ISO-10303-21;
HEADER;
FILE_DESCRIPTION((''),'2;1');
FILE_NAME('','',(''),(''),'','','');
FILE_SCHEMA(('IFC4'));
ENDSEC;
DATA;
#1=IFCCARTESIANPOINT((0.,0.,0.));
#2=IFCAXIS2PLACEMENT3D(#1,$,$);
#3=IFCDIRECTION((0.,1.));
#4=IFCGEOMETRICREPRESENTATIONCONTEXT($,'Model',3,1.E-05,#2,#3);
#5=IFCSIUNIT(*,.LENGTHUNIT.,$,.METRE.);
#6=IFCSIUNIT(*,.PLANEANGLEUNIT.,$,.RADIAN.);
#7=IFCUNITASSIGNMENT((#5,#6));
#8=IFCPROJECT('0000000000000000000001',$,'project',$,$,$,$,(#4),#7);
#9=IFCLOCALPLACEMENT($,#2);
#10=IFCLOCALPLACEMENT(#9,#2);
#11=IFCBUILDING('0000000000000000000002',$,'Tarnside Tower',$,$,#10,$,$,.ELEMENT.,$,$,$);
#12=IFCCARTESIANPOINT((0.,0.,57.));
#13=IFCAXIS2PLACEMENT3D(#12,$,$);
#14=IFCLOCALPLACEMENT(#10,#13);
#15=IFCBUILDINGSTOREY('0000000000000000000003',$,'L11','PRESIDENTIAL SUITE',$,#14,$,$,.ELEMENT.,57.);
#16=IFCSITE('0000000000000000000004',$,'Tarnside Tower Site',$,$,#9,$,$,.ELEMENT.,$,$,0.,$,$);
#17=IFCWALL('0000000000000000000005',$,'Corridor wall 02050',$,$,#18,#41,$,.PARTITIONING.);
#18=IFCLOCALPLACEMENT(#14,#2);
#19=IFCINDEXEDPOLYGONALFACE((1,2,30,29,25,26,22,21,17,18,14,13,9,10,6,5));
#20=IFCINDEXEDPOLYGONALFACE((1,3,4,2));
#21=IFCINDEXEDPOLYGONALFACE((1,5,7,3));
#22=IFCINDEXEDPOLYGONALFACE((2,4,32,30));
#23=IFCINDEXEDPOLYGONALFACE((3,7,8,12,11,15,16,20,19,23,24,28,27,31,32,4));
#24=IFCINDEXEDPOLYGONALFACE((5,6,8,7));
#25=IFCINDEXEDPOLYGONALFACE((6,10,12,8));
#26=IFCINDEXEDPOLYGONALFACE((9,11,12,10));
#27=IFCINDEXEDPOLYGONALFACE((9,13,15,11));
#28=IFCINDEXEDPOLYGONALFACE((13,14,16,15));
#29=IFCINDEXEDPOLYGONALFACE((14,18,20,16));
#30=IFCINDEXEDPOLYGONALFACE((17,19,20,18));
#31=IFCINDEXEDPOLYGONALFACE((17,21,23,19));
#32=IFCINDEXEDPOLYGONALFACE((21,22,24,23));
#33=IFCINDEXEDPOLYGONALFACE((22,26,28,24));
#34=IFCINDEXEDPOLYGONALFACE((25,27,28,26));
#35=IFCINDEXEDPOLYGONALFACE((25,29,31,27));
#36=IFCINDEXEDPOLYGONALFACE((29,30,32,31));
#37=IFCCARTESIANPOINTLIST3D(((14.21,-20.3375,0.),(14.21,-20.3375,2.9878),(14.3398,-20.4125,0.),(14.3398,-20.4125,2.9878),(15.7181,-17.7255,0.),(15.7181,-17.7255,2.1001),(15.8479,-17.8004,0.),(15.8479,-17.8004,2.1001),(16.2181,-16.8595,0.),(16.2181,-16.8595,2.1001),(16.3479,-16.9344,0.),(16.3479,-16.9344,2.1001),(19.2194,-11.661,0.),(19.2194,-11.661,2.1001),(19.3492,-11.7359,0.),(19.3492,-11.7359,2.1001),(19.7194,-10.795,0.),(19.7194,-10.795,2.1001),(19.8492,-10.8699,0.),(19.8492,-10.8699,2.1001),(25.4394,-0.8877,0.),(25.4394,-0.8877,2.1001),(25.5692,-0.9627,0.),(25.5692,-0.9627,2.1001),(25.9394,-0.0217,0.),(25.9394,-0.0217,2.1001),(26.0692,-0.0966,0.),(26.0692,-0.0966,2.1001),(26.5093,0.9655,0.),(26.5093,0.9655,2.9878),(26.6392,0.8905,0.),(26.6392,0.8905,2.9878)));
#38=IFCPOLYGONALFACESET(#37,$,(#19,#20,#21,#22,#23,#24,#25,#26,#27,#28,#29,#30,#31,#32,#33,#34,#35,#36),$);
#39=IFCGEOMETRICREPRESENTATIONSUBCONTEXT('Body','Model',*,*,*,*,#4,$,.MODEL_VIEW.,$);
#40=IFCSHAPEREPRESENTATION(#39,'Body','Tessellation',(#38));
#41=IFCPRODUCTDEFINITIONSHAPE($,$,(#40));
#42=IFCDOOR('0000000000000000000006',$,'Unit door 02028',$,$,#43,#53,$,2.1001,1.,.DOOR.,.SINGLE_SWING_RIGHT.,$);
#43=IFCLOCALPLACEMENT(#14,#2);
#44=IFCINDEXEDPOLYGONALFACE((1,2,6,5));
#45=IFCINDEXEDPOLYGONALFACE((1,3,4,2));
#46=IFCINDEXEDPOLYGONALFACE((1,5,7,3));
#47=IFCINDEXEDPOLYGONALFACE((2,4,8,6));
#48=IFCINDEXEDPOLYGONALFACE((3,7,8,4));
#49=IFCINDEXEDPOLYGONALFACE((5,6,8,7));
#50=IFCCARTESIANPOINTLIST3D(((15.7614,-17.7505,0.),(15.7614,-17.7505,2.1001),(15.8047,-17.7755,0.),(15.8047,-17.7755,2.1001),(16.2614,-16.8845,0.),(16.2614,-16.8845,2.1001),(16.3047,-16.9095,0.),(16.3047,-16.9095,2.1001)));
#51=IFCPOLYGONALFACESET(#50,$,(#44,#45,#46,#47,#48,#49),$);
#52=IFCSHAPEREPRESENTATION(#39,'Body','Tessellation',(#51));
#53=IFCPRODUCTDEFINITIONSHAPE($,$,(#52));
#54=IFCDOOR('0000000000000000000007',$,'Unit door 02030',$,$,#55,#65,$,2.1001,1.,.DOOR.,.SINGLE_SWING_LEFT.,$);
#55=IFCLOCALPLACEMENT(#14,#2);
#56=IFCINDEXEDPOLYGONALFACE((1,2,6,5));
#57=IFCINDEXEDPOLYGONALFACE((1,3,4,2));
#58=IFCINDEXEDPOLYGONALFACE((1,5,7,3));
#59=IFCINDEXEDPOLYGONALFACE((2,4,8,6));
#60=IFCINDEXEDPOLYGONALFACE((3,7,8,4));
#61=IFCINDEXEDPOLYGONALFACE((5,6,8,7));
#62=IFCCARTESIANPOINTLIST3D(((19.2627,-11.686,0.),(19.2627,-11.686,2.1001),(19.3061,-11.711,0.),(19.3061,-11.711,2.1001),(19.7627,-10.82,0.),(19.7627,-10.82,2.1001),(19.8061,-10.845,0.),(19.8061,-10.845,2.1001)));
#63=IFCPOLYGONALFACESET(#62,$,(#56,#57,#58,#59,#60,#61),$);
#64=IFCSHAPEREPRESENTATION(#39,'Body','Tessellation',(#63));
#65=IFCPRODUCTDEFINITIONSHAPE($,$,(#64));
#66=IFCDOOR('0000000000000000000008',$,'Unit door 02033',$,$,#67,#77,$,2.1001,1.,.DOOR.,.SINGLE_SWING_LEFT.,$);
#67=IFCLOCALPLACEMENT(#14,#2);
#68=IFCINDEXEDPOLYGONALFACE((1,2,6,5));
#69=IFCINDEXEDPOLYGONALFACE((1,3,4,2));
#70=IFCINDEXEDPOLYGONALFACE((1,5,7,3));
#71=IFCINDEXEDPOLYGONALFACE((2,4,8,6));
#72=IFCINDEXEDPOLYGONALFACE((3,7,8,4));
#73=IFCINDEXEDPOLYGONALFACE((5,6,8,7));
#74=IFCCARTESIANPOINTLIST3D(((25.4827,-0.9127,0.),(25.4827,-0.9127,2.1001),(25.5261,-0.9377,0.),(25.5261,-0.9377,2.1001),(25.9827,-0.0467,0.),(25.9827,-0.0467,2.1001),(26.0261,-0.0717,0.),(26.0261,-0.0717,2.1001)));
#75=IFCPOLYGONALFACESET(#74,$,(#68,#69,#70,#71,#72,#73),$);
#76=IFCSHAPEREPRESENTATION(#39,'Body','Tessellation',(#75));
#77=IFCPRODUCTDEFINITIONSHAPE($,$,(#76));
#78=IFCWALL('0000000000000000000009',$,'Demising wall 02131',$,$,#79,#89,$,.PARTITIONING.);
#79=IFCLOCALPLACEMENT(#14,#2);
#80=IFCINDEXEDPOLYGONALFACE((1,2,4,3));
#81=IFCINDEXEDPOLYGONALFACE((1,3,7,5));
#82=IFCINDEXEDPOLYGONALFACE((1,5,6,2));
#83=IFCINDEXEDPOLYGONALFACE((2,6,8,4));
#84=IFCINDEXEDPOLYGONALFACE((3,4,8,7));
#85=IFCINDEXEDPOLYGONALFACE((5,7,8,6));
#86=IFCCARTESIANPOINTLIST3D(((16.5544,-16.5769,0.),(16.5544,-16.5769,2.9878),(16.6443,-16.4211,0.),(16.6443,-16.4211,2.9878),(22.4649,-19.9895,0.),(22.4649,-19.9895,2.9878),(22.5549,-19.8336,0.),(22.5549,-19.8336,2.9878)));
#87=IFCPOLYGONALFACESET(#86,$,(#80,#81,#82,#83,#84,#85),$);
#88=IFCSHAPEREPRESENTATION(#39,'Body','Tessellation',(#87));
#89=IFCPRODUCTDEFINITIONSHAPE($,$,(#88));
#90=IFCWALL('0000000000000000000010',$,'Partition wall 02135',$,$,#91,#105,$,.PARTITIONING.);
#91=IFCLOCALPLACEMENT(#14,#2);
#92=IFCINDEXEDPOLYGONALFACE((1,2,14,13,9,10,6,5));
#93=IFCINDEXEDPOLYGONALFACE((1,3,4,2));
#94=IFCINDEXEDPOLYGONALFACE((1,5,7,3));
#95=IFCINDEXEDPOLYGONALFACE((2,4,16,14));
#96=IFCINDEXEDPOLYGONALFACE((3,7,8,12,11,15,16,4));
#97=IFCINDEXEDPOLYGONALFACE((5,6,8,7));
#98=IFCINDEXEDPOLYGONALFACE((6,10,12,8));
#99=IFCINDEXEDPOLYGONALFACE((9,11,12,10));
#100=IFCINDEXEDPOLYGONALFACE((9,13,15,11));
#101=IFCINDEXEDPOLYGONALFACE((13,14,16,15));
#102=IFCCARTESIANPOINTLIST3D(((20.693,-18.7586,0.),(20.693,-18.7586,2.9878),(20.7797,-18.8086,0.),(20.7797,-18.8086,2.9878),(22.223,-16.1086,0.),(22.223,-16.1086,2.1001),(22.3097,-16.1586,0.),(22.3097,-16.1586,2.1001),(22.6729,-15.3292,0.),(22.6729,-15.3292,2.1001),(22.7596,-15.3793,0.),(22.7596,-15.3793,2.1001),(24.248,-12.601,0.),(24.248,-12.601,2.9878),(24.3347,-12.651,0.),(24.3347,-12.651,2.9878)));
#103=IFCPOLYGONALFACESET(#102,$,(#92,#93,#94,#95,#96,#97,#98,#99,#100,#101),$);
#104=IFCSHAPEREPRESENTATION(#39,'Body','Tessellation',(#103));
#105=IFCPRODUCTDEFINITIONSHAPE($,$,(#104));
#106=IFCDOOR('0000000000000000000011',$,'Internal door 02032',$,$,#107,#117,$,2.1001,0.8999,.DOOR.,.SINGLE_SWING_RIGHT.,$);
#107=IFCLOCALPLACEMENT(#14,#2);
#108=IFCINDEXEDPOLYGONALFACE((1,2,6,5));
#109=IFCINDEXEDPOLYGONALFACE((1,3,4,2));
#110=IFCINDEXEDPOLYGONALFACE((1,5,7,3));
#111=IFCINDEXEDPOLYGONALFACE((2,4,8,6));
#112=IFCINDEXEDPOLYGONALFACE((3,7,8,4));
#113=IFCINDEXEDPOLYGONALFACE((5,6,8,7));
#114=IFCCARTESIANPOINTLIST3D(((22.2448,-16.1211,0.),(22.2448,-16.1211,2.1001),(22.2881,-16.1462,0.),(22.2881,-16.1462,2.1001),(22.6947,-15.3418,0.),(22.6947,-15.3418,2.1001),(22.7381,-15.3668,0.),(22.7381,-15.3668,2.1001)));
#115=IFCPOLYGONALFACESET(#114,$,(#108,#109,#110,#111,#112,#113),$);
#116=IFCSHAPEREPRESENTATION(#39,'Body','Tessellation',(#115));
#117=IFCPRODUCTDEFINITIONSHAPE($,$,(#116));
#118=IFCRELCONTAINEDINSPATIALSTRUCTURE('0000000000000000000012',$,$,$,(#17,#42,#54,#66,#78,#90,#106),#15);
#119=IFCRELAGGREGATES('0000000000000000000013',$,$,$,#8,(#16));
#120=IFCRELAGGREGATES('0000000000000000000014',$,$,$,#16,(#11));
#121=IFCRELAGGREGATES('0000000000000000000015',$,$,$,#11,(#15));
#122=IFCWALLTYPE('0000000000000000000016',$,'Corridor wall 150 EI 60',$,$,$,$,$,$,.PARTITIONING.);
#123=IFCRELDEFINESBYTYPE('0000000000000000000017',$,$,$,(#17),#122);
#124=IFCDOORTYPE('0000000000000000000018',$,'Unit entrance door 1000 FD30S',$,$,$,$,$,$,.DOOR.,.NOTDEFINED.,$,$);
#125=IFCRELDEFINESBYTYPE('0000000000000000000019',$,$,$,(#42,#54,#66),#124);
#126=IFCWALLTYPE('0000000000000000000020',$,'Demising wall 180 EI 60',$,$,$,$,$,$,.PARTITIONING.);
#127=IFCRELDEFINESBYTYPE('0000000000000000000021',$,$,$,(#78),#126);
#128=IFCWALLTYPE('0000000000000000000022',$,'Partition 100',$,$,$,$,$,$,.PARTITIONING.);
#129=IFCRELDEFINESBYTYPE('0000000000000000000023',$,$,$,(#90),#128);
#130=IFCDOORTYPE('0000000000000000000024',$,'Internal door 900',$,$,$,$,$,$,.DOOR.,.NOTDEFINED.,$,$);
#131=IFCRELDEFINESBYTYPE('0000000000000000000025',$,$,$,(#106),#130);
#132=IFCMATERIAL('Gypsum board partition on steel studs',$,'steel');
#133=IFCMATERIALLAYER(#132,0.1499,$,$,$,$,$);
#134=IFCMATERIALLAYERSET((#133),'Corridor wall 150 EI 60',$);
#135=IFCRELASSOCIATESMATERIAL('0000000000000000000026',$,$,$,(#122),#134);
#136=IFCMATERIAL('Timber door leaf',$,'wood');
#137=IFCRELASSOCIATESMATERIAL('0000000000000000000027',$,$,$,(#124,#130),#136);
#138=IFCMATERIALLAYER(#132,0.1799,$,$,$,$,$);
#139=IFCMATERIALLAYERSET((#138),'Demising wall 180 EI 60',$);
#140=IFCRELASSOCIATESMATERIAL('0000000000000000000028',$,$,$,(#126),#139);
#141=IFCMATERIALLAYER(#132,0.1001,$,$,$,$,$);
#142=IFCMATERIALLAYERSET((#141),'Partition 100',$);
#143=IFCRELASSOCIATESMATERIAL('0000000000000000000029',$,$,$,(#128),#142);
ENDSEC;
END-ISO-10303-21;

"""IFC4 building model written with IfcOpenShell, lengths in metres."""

from ifc_helpers import new_model, si_unit, direction, frame, frame_2d, origin, place, context, subcontext, project, spatial, rectangle, extrude, material, layer, layer_set, type_object, element, fill, save


model = new_model("IFC4")

# Units and contexts
model_context = context("Model", 3, precision=1e-05, world=origin(), true_north=direction((0.0, 1.0)))
body_context = subcontext(model_context, "Body", "Model", "MODEL_VIEW")
ifc_project = project(units=[si_unit("LENGTHUNIT", "METRE"), si_unit("PLANEANGLEUNIT", "RADIAN")], contexts=[model_context])

# Site, building, storey
site_placement = place(None, origin())
site = spatial("IfcSite", under=ifc_project, at=site_placement, Name="Tarnside Tower Site", CompositionType="ELEMENT", RefElevation=0.0)
building_placement = place(site_placement, origin())
building = spatial("IfcBuilding", under=site, at=building_placement, Name="Tarnside Tower", CompositionType="ELEMENT")
storey_placement = place(building_placement, frame((0.0, 0.0, 57.0)))
storey = spatial("IfcBuildingStorey", under=building, at=storey_placement, Name="L11", Description="PRESIDENTIAL SUITE", CompositionType="ELEMENT", Elevation=57.0)

# Shared definitions
ifc_material_1 = material(Name="Gypsum board partition on steel studs", Category="steel")
ifc_material_2 = material(Name="Timber door leaf", Category="wood")

# Shared definitions
ifc_layer_1 = layer(ifc_material_1, 0.1499)
ifc_layer_set_1 = layer_set([ifc_layer_1], Name="Corridor wall 150 EI 60")
wall_type_1 = type_object("IfcWallType", Name="Corridor wall 150 EI 60", PredefinedType="PARTITIONING", material=ifc_layer_set_1)

# Wall, openings, doors
wall_1_placement = place(storey_placement, frame((14.2749, -20.375, 0.0), z_axis=(0.0, 0.0, 1.0), x_axis=(0.500001, 0.866025, 0.0)))
wall_1 = element("IfcWall", 1, at=wall_1_placement, inside=storey, type_object=wall_type_1, Name="Corridor wall 02050", PredefinedType="PARTITIONING", context=body_context, shape_type="SweptSolid", body=[
    extrude(rectangle(XDim=24.5986, YDim=0.1499, at=frame_2d((12.2993, 0.0))), origin(), (0.0, 0.0, 1.0), 2.9878),
])
opening_1_placement = place(wall_1_placement, frame((3.0161, 0.0, 0.0)))
opening_1 = element("IfcOpeningElement", 2, at=opening_1_placement, cuts=wall_1, PredefinedType="OPENING", context=body_context, shape_type="SweptSolid", body=[
    extrude(rectangle(XDim=1.0, YDim=2.1001, at=frame_2d((0.5, 1.05))), frame((0.0, 0.085, 0.0), z_axis=(0.0, -1.0, 0.0), x_axis=(1.0, 0.0, 0.0)), (0.0, 0.0, 1.0), 0.1699),
])
opening_2_placement = place(wall_1_placement, frame((10.0188, 0.0, 0.0)))
opening_2 = element("IfcOpeningElement", 3, at=opening_2_placement, cuts=wall_1, PredefinedType="OPENING", context=body_context, shape_type="SweptSolid", body=[
    extrude(rectangle(XDim=1.0, YDim=2.1001, at=frame_2d((0.5, 1.05))), frame((0.0, 0.085, 0.0), z_axis=(0.0, -1.0, 0.0), x_axis=(1.0, 0.0, 0.0)), (0.0, 0.0, 1.0), 0.1699),
])
opening_3_placement = place(wall_1_placement, frame((22.4587, 0.0, 0.0)))
opening_3 = element("IfcOpeningElement", 4, at=opening_3_placement, cuts=wall_1, PredefinedType="OPENING", context=body_context, shape_type="SweptSolid", body=[
    extrude(rectangle(XDim=1.0, YDim=2.1001, at=frame_2d((0.5, 1.05))), frame((0.0, 0.085, 0.0), z_axis=(0.0, -1.0, 0.0), x_axis=(1.0, 0.0, 0.0)), (0.0, 0.0, 1.0), 0.1699),
])
door_type_1 = type_object("IfcDoorType", Name="Unit entrance door 1000 FD30S", OperationType="NOTDEFINED", PredefinedType="DOOR", material=ifc_material_2)
door_1_placement = place(opening_1_placement, origin())
door_1 = element("IfcDoor", 5, at=door_1_placement, inside=storey, type_object=door_type_1, Name="Unit door 02028", OperationType="SINGLE_SWING_RIGHT", OverallHeight=2.1001, OverallWidth=1.0, PredefinedType="DOOR", context=body_context, shape_type="SweptSolid", body=[
    extrude(rectangle(XDim=1.0, YDim=2.1001, at=frame_2d((0.5, 1.05))), frame((0.0, 0.0249, 0.0), z_axis=(0.0, -1.0, 0.0), x_axis=(1.0, 0.0, 0.0)), (0.0, 0.0, 1.0), 0.05),
])
fill(opening_1, door_1)
door_2_placement = place(opening_2_placement, origin())
door_2 = element("IfcDoor", 6, at=door_2_placement, inside=storey, type_object=door_type_1, Name="Unit door 02030", OperationType="SINGLE_SWING_LEFT", OverallHeight=2.1001, OverallWidth=1.0, PredefinedType="DOOR", context=body_context, shape_type="SweptSolid", body=[
    extrude(rectangle(XDim=1.0, YDim=2.1001, at=frame_2d((0.5, 1.05))), frame((0.0, 0.0249, 0.0), z_axis=(0.0, -1.0, 0.0), x_axis=(1.0, 0.0, 0.0)), (0.0, 0.0, 1.0), 0.05),
])
fill(opening_2, door_2)
door_3_placement = place(opening_3_placement, origin())
door_3 = element("IfcDoor", 7, at=door_3_placement, inside=storey, type_object=door_type_1, Name="Unit door 02033", OperationType="SINGLE_SWING_LEFT", OverallHeight=2.1001, OverallWidth=1.0, PredefinedType="DOOR", context=body_context, shape_type="SweptSolid", body=[
    extrude(rectangle(XDim=1.0, YDim=2.1001, at=frame_2d((0.5, 1.05))), frame((0.0, 0.0249, 0.0), z_axis=(0.0, -1.0, 0.0), x_axis=(1.0, 0.0, 0.0)), (0.0, 0.0, 1.0), 0.05),
])
fill(opening_3, door_3)

# Wall
ifc_layer_2 = layer(ifc_material_1, 0.1799)
ifc_layer_set_2 = layer_set([ifc_layer_2], Name="Demising wall 180 EI 60")
wall_type_2 = type_object("IfcWallType", Name="Demising wall 180 EI 60", PredefinedType="PARTITIONING", material=ifc_layer_set_2)
wall_2_placement = place(storey_placement, frame((22.51, -19.9116, 0.0), z_axis=(0.0, 0.0, 1.0), x_axis=(-0.86602, 0.500009, 0.0)))
element("IfcWall", 8, at=wall_2_placement, inside=storey, type_object=wall_type_2, Name="Demising wall 02131", PredefinedType="PARTITIONING", context=body_context, shape_type="SweptSolid", body=[
    extrude(rectangle(XDim=6.825, YDim=0.1799, at=frame_2d((3.4126, 0.0))), origin(), (0.0, 0.0, 1.0), 2.9878),
])

# Wall, opening, door
ifc_layer_3 = layer(ifc_material_1, 0.1001)
ifc_layer_set_3 = layer_set([ifc_layer_3], Name="Partition 100")
wall_type_3 = type_object("IfcWallType", Name="Partition 100", PredefinedType="PARTITIONING", material=ifc_layer_set_3)
wall_3_placement = place(storey_placement, frame((20.7363, -18.7837, 0.0), z_axis=(0.0, 0.0, 1.0), x_axis=(0.499991, 0.866031, 0.0)))
wall_3 = element("IfcWall", 9, at=wall_3_placement, inside=storey, type_object=wall_type_3, Name="Partition wall 02135", PredefinedType="PARTITIONING", context=body_context, shape_type="SweptSolid", body=[
    extrude(rectangle(XDim=7.1101, YDim=0.1001, at=frame_2d((3.5552, 0.0))), origin(), (0.0, 0.0, 1.0), 2.9878),
])
opening_4_placement = place(wall_3_placement, frame((3.0601, 0.0, 0.0)))
opening_4 = element("IfcOpeningElement", 10, at=opening_4_placement, cuts=wall_3, PredefinedType="OPENING", context=body_context, shape_type="SweptSolid", body=[
    extrude(rectangle(XDim=0.8999, YDim=2.1001, at=frame_2d((0.45, 1.05))), frame((0.0, 0.0601, 0.0), z_axis=(0.0, -1.0, 0.0), x_axis=(1.0, 0.0, 0.0)), (0.0, 0.0, 1.0), 0.1201),
])
door_type_2 = type_object("IfcDoorType", Name="Internal door 900", OperationType="NOTDEFINED", PredefinedType="DOOR", material=ifc_material_2)
door_4_placement = place(opening_4_placement, origin())
door_4 = element("IfcDoor", 11, at=door_4_placement, inside=storey, type_object=door_type_2, Name="Internal door 02032", OperationType="SINGLE_SWING_RIGHT", OverallHeight=2.1001, OverallWidth=0.8999, PredefinedType="DOOR", context=body_context, shape_type="SweptSolid", body=[
    extrude(rectangle(XDim=0.8999, YDim=2.1001, at=frame_2d((0.45, 1.05))), frame((0.0, 0.0249, 0.0), z_axis=(0.0, -1.0, 0.0), x_axis=(1.0, 0.0, 0.0)), (0.0, 0.0, 1.0), 0.05),
])
fill(opening_4, door_4)

save(model, "model.ifc")
